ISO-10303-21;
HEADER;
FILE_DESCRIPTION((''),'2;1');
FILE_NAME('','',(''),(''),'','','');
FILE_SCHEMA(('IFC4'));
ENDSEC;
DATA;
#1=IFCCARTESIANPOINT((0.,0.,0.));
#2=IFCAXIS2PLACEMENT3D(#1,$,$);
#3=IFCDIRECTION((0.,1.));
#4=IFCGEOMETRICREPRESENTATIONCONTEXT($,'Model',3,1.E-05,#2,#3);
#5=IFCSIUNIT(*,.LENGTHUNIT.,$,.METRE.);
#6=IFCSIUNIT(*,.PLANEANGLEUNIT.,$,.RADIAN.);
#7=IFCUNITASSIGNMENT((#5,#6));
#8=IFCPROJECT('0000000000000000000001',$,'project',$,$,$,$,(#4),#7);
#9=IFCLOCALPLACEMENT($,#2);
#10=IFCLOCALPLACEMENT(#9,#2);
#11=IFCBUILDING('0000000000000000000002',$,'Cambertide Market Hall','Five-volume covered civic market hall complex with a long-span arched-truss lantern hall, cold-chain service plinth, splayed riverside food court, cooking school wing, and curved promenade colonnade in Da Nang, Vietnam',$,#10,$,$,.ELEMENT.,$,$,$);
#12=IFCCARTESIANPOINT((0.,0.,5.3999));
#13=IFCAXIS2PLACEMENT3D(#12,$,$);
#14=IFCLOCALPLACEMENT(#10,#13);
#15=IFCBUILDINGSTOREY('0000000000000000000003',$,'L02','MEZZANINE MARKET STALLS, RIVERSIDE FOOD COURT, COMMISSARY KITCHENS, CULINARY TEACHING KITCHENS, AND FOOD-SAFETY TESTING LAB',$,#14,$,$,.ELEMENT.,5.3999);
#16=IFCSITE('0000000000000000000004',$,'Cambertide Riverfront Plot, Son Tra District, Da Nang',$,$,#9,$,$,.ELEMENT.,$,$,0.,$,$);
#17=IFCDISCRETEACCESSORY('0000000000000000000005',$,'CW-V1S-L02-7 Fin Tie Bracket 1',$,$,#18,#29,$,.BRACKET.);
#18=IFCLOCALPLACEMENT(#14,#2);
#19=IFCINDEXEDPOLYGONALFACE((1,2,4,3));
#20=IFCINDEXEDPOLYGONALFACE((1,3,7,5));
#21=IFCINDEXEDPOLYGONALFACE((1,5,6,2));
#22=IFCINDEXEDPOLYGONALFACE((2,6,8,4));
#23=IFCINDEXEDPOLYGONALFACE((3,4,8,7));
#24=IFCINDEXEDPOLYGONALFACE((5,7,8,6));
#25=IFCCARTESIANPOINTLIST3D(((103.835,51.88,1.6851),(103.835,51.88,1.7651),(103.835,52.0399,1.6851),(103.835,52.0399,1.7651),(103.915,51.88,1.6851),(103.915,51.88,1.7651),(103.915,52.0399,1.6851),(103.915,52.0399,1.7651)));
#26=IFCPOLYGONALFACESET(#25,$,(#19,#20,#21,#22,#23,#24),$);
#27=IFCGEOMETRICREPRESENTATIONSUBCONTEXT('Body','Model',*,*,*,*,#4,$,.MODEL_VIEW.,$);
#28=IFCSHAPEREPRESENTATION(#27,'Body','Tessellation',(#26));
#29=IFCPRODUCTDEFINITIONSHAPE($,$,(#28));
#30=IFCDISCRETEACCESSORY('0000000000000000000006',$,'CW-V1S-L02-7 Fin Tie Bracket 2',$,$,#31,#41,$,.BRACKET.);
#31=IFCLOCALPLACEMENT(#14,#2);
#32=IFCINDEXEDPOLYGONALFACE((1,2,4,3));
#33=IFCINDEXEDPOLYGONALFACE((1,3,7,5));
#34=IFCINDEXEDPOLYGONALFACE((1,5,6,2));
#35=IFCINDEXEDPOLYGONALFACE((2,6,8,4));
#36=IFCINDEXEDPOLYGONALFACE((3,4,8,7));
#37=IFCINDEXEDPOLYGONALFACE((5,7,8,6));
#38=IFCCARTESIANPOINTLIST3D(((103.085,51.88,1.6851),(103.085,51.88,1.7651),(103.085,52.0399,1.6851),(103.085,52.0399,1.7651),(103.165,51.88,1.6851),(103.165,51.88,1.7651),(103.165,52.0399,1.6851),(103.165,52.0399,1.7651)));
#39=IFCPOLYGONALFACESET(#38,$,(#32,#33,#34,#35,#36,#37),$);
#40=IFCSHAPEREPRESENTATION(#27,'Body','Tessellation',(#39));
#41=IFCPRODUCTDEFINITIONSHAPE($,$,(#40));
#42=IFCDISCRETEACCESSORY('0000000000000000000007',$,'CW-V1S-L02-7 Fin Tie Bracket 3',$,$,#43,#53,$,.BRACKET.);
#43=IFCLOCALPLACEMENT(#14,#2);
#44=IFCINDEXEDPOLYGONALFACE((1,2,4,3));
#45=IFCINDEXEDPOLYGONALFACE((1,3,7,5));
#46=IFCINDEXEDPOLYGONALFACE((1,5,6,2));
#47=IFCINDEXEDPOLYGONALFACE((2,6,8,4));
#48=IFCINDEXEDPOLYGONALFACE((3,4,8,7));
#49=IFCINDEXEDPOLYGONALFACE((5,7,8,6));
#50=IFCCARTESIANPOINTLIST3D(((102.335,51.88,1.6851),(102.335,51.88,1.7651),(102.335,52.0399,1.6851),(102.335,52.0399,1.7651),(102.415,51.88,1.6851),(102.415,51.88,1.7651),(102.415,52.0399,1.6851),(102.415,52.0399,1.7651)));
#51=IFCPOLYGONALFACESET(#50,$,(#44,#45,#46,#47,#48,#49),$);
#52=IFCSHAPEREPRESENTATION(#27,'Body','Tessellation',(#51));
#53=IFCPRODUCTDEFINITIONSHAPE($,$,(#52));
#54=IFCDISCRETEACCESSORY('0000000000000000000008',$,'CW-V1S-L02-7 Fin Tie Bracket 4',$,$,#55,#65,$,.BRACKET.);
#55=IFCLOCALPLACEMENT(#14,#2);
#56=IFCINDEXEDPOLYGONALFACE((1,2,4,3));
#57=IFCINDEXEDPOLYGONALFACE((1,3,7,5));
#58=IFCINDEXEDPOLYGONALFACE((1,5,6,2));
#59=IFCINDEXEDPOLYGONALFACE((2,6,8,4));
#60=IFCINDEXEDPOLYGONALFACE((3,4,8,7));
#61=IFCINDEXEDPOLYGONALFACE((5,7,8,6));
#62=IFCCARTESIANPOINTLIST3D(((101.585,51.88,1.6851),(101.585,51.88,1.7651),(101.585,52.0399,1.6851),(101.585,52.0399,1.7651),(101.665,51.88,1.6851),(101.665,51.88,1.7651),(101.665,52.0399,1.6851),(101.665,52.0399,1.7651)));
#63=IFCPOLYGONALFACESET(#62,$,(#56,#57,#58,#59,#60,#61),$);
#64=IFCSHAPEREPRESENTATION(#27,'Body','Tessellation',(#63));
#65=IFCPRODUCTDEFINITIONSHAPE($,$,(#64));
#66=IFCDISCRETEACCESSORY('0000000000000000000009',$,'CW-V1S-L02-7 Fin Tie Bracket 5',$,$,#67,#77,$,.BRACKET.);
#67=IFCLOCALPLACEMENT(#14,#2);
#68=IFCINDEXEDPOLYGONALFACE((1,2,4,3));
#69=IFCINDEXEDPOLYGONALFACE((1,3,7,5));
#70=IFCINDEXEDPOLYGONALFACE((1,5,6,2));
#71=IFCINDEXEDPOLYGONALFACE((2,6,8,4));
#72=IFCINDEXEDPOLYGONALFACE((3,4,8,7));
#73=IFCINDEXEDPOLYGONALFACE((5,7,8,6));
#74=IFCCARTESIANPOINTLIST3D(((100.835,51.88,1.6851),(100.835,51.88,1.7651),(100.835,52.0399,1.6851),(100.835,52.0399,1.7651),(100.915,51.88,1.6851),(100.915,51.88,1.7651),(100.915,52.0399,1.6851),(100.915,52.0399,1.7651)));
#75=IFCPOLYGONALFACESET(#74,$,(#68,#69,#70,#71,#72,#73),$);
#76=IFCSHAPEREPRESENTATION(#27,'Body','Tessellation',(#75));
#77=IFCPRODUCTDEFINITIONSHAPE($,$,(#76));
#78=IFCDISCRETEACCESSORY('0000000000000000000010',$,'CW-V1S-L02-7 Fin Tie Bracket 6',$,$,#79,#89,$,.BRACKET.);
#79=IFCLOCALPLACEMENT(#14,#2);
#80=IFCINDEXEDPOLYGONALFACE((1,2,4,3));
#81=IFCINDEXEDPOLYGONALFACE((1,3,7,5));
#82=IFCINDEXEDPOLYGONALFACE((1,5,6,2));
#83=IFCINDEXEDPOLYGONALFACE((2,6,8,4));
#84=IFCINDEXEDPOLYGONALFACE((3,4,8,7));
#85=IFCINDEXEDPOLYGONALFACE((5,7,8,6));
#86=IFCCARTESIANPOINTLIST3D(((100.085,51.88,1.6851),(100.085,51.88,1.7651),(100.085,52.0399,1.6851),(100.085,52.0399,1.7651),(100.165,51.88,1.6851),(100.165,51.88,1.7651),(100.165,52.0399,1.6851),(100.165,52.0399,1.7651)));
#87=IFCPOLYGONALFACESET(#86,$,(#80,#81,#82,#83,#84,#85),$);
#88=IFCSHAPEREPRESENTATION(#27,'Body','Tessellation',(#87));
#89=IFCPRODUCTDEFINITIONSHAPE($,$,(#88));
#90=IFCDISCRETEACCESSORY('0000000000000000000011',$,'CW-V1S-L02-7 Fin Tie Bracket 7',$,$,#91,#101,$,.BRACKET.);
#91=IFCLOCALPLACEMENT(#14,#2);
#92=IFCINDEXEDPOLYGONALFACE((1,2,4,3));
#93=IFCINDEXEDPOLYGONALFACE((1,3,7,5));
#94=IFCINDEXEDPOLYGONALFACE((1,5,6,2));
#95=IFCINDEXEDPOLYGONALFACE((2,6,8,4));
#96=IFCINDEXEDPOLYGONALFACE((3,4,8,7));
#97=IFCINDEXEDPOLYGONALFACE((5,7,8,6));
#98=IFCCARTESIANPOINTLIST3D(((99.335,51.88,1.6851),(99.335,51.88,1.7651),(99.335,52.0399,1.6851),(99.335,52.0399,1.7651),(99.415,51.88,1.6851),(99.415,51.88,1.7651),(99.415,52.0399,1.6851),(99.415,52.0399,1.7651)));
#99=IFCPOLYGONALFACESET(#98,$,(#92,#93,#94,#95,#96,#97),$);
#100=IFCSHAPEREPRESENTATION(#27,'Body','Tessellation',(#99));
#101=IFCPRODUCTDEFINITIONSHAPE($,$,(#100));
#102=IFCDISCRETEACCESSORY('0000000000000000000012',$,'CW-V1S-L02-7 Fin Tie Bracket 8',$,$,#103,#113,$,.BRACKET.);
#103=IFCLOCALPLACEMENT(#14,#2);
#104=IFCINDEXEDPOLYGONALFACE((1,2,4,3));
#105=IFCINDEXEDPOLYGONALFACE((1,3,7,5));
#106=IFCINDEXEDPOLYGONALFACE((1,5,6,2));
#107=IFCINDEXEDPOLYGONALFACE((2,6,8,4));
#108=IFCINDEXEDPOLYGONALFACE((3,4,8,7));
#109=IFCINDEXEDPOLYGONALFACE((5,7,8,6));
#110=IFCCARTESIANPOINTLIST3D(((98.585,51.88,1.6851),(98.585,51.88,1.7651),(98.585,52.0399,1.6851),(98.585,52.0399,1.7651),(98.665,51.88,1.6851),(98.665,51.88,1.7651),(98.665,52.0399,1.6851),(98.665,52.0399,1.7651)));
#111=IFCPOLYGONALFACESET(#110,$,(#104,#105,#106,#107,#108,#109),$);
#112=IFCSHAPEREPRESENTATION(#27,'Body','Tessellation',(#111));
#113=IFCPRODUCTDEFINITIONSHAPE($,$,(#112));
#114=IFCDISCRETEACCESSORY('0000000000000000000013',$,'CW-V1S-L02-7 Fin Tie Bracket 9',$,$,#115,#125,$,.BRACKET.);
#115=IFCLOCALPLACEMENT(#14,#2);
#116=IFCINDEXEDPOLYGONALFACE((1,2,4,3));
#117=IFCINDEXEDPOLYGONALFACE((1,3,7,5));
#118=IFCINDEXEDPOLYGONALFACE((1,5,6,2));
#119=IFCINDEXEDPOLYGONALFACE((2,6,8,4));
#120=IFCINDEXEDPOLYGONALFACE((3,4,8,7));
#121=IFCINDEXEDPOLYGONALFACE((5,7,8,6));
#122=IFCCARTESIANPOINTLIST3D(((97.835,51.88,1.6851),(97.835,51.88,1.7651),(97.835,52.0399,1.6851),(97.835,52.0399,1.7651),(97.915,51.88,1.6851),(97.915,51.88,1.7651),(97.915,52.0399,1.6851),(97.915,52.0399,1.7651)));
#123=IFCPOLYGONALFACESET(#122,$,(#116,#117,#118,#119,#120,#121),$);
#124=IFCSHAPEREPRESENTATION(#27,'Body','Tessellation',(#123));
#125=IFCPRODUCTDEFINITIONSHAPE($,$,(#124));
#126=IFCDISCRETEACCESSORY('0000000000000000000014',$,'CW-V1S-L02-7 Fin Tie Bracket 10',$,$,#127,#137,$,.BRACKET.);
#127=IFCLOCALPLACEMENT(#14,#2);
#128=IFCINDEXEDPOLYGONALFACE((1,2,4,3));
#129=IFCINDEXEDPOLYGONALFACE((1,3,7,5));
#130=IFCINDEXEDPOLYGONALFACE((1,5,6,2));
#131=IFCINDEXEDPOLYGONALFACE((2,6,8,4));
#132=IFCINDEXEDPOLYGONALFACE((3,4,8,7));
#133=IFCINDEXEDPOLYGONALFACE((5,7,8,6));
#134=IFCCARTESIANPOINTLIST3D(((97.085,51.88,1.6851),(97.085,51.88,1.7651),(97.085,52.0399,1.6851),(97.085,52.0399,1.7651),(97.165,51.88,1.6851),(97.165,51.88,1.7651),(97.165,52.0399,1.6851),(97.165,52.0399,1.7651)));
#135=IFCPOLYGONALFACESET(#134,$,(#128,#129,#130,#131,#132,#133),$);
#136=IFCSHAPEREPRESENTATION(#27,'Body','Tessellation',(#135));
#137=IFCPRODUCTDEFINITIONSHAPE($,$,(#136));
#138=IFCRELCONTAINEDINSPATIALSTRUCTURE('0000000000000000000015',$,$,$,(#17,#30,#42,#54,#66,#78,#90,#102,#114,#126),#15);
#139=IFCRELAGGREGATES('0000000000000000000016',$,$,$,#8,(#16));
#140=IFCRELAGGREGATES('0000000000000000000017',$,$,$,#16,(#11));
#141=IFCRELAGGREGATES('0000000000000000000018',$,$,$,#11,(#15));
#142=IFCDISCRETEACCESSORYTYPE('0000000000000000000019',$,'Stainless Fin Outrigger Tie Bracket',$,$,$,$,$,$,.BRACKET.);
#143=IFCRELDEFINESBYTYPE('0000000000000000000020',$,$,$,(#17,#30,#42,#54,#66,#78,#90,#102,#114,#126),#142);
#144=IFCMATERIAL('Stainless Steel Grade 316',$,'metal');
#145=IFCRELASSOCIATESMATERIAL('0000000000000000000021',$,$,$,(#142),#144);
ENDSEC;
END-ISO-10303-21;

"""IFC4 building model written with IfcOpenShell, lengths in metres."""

from ifc_helpers import new_model, si_unit, direction, frame, origin, origin_2d, place, context, subcontext, project, spatial, rectangle, extrude, material, type_object, element, save


model = new_model("IFC4")

# Units and contexts
model_context = context("Model", 3, precision=1e-05, world=origin(), true_north=direction((0.0, 1.0)))
body_context = subcontext(model_context, "Body", "Model", "MODEL_VIEW")
ifc_project = project(units=[si_unit("LENGTHUNIT", "METRE"), si_unit("PLANEANGLEUNIT", "RADIAN")], contexts=[model_context])

# Site, building, storey
site_placement = place(None, origin())
site = spatial("IfcSite", under=ifc_project, at=site_placement, Name="Cambertide Riverfront Plot, Son Tra District, Da Nang", CompositionType="ELEMENT", RefElevation=0.0)
building_placement = place(site_placement, origin())
building = spatial("IfcBuilding", under=site, at=building_placement, Name="Cambertide Market Hall", Description="Five-volume covered civic market hall complex with a long-span arched-truss lantern hall, cold-chain service plinth, splayed riverside food court, cooking school wing, and curved promenade colonnade in Da Nang, Vietnam", CompositionType="ELEMENT")
storey_placement = place(building_placement, frame((0.0, 0.0, 5.3999)))
storey = spatial("IfcBuildingStorey", under=building, at=storey_placement, Name="L02", Description="MEZZANINE MARKET STALLS, RIVERSIDE FOOD COURT, COMMISSARY KITCHENS, CULINARY TEACHING KITCHENS, AND FOOD-SAFETY TESTING LAB", CompositionType="ELEMENT", Elevation=5.3999)

# Discrete accessories
ifc_material_1 = material(Name="Stainless Steel Grade 316", Category="metal")
discrete_accessory_type = type_object("IfcDiscreteAccessoryType", Name="Stainless Fin Outrigger Tie Bracket", PredefinedType="BRACKET", material=ifc_material_1)
for number, where, z_axis, x_axis, name in (
    (1, (103.875, 51.96, 1.6851), (0.0, 0.0, 1.0), (-1.0, 0.0, 0.0), "CW-V1S-L02-7 Fin Tie Bracket 1"),
    (2, (103.125, 51.96, 1.6851), (0.0, 0.0, 1.0), (-1.0, 0.0, 0.0), "CW-V1S-L02-7 Fin Tie Bracket 2"),
    (3, (102.375, 51.96, 1.6851), (0.0, 0.0, 1.0), (-1.0, 0.0, 0.0), "CW-V1S-L02-7 Fin Tie Bracket 3"),
    (4, (101.625, 51.96, 1.6851), (0.0, 0.0, 1.0), (-1.0, 0.0, 0.0), "CW-V1S-L02-7 Fin Tie Bracket 4"),
    (5, (100.875, 51.96, 1.6851), (0.0, 0.0, 1.0), (-1.0, 0.0, 0.0), "CW-V1S-L02-7 Fin Tie Bracket 5"),
    (6, (100.125, 51.96, 1.6851), (0.0, 0.0, 1.0), (-1.0, 0.0, 0.0), "CW-V1S-L02-7 Fin Tie Bracket 6"),
    (7, (99.375, 51.96, 1.6851), (0.0, 0.0, 1.0), (-1.0, 0.0, 0.0), "CW-V1S-L02-7 Fin Tie Bracket 7"),
    (8, (98.625, 51.96, 1.6851), (0.0, 0.0, 1.0), (-1.0, 0.0, 0.0), "CW-V1S-L02-7 Fin Tie Bracket 8"),
    (9, (97.875, 51.96, 1.6851), (0.0, 0.0, 1.0), (-1.0, 0.0, 0.0), "CW-V1S-L02-7 Fin Tie Bracket 9"),
    (10, (97.125, 51.96, 1.6851), (0.0, 0.0, 1.0), (-1.0, 0.0, 0.0), "CW-V1S-L02-7 Fin Tie Bracket 10"),
):
    element("IfcDiscreteAccessory", number, at=place(storey_placement, frame(where, z_axis=z_axis, x_axis=x_axis)), inside=storey, type_object=discrete_accessory_type, Name=name, PredefinedType="BRACKET", context=body_context, shape_type="SweptSolid", body=[
        extrude(rectangle(XDim=0.0801, YDim=0.1599, at=origin_2d()), origin(), (0.0, 0.0, 1.0), 0.0801),
    ])

save(model, "model.ifc")
